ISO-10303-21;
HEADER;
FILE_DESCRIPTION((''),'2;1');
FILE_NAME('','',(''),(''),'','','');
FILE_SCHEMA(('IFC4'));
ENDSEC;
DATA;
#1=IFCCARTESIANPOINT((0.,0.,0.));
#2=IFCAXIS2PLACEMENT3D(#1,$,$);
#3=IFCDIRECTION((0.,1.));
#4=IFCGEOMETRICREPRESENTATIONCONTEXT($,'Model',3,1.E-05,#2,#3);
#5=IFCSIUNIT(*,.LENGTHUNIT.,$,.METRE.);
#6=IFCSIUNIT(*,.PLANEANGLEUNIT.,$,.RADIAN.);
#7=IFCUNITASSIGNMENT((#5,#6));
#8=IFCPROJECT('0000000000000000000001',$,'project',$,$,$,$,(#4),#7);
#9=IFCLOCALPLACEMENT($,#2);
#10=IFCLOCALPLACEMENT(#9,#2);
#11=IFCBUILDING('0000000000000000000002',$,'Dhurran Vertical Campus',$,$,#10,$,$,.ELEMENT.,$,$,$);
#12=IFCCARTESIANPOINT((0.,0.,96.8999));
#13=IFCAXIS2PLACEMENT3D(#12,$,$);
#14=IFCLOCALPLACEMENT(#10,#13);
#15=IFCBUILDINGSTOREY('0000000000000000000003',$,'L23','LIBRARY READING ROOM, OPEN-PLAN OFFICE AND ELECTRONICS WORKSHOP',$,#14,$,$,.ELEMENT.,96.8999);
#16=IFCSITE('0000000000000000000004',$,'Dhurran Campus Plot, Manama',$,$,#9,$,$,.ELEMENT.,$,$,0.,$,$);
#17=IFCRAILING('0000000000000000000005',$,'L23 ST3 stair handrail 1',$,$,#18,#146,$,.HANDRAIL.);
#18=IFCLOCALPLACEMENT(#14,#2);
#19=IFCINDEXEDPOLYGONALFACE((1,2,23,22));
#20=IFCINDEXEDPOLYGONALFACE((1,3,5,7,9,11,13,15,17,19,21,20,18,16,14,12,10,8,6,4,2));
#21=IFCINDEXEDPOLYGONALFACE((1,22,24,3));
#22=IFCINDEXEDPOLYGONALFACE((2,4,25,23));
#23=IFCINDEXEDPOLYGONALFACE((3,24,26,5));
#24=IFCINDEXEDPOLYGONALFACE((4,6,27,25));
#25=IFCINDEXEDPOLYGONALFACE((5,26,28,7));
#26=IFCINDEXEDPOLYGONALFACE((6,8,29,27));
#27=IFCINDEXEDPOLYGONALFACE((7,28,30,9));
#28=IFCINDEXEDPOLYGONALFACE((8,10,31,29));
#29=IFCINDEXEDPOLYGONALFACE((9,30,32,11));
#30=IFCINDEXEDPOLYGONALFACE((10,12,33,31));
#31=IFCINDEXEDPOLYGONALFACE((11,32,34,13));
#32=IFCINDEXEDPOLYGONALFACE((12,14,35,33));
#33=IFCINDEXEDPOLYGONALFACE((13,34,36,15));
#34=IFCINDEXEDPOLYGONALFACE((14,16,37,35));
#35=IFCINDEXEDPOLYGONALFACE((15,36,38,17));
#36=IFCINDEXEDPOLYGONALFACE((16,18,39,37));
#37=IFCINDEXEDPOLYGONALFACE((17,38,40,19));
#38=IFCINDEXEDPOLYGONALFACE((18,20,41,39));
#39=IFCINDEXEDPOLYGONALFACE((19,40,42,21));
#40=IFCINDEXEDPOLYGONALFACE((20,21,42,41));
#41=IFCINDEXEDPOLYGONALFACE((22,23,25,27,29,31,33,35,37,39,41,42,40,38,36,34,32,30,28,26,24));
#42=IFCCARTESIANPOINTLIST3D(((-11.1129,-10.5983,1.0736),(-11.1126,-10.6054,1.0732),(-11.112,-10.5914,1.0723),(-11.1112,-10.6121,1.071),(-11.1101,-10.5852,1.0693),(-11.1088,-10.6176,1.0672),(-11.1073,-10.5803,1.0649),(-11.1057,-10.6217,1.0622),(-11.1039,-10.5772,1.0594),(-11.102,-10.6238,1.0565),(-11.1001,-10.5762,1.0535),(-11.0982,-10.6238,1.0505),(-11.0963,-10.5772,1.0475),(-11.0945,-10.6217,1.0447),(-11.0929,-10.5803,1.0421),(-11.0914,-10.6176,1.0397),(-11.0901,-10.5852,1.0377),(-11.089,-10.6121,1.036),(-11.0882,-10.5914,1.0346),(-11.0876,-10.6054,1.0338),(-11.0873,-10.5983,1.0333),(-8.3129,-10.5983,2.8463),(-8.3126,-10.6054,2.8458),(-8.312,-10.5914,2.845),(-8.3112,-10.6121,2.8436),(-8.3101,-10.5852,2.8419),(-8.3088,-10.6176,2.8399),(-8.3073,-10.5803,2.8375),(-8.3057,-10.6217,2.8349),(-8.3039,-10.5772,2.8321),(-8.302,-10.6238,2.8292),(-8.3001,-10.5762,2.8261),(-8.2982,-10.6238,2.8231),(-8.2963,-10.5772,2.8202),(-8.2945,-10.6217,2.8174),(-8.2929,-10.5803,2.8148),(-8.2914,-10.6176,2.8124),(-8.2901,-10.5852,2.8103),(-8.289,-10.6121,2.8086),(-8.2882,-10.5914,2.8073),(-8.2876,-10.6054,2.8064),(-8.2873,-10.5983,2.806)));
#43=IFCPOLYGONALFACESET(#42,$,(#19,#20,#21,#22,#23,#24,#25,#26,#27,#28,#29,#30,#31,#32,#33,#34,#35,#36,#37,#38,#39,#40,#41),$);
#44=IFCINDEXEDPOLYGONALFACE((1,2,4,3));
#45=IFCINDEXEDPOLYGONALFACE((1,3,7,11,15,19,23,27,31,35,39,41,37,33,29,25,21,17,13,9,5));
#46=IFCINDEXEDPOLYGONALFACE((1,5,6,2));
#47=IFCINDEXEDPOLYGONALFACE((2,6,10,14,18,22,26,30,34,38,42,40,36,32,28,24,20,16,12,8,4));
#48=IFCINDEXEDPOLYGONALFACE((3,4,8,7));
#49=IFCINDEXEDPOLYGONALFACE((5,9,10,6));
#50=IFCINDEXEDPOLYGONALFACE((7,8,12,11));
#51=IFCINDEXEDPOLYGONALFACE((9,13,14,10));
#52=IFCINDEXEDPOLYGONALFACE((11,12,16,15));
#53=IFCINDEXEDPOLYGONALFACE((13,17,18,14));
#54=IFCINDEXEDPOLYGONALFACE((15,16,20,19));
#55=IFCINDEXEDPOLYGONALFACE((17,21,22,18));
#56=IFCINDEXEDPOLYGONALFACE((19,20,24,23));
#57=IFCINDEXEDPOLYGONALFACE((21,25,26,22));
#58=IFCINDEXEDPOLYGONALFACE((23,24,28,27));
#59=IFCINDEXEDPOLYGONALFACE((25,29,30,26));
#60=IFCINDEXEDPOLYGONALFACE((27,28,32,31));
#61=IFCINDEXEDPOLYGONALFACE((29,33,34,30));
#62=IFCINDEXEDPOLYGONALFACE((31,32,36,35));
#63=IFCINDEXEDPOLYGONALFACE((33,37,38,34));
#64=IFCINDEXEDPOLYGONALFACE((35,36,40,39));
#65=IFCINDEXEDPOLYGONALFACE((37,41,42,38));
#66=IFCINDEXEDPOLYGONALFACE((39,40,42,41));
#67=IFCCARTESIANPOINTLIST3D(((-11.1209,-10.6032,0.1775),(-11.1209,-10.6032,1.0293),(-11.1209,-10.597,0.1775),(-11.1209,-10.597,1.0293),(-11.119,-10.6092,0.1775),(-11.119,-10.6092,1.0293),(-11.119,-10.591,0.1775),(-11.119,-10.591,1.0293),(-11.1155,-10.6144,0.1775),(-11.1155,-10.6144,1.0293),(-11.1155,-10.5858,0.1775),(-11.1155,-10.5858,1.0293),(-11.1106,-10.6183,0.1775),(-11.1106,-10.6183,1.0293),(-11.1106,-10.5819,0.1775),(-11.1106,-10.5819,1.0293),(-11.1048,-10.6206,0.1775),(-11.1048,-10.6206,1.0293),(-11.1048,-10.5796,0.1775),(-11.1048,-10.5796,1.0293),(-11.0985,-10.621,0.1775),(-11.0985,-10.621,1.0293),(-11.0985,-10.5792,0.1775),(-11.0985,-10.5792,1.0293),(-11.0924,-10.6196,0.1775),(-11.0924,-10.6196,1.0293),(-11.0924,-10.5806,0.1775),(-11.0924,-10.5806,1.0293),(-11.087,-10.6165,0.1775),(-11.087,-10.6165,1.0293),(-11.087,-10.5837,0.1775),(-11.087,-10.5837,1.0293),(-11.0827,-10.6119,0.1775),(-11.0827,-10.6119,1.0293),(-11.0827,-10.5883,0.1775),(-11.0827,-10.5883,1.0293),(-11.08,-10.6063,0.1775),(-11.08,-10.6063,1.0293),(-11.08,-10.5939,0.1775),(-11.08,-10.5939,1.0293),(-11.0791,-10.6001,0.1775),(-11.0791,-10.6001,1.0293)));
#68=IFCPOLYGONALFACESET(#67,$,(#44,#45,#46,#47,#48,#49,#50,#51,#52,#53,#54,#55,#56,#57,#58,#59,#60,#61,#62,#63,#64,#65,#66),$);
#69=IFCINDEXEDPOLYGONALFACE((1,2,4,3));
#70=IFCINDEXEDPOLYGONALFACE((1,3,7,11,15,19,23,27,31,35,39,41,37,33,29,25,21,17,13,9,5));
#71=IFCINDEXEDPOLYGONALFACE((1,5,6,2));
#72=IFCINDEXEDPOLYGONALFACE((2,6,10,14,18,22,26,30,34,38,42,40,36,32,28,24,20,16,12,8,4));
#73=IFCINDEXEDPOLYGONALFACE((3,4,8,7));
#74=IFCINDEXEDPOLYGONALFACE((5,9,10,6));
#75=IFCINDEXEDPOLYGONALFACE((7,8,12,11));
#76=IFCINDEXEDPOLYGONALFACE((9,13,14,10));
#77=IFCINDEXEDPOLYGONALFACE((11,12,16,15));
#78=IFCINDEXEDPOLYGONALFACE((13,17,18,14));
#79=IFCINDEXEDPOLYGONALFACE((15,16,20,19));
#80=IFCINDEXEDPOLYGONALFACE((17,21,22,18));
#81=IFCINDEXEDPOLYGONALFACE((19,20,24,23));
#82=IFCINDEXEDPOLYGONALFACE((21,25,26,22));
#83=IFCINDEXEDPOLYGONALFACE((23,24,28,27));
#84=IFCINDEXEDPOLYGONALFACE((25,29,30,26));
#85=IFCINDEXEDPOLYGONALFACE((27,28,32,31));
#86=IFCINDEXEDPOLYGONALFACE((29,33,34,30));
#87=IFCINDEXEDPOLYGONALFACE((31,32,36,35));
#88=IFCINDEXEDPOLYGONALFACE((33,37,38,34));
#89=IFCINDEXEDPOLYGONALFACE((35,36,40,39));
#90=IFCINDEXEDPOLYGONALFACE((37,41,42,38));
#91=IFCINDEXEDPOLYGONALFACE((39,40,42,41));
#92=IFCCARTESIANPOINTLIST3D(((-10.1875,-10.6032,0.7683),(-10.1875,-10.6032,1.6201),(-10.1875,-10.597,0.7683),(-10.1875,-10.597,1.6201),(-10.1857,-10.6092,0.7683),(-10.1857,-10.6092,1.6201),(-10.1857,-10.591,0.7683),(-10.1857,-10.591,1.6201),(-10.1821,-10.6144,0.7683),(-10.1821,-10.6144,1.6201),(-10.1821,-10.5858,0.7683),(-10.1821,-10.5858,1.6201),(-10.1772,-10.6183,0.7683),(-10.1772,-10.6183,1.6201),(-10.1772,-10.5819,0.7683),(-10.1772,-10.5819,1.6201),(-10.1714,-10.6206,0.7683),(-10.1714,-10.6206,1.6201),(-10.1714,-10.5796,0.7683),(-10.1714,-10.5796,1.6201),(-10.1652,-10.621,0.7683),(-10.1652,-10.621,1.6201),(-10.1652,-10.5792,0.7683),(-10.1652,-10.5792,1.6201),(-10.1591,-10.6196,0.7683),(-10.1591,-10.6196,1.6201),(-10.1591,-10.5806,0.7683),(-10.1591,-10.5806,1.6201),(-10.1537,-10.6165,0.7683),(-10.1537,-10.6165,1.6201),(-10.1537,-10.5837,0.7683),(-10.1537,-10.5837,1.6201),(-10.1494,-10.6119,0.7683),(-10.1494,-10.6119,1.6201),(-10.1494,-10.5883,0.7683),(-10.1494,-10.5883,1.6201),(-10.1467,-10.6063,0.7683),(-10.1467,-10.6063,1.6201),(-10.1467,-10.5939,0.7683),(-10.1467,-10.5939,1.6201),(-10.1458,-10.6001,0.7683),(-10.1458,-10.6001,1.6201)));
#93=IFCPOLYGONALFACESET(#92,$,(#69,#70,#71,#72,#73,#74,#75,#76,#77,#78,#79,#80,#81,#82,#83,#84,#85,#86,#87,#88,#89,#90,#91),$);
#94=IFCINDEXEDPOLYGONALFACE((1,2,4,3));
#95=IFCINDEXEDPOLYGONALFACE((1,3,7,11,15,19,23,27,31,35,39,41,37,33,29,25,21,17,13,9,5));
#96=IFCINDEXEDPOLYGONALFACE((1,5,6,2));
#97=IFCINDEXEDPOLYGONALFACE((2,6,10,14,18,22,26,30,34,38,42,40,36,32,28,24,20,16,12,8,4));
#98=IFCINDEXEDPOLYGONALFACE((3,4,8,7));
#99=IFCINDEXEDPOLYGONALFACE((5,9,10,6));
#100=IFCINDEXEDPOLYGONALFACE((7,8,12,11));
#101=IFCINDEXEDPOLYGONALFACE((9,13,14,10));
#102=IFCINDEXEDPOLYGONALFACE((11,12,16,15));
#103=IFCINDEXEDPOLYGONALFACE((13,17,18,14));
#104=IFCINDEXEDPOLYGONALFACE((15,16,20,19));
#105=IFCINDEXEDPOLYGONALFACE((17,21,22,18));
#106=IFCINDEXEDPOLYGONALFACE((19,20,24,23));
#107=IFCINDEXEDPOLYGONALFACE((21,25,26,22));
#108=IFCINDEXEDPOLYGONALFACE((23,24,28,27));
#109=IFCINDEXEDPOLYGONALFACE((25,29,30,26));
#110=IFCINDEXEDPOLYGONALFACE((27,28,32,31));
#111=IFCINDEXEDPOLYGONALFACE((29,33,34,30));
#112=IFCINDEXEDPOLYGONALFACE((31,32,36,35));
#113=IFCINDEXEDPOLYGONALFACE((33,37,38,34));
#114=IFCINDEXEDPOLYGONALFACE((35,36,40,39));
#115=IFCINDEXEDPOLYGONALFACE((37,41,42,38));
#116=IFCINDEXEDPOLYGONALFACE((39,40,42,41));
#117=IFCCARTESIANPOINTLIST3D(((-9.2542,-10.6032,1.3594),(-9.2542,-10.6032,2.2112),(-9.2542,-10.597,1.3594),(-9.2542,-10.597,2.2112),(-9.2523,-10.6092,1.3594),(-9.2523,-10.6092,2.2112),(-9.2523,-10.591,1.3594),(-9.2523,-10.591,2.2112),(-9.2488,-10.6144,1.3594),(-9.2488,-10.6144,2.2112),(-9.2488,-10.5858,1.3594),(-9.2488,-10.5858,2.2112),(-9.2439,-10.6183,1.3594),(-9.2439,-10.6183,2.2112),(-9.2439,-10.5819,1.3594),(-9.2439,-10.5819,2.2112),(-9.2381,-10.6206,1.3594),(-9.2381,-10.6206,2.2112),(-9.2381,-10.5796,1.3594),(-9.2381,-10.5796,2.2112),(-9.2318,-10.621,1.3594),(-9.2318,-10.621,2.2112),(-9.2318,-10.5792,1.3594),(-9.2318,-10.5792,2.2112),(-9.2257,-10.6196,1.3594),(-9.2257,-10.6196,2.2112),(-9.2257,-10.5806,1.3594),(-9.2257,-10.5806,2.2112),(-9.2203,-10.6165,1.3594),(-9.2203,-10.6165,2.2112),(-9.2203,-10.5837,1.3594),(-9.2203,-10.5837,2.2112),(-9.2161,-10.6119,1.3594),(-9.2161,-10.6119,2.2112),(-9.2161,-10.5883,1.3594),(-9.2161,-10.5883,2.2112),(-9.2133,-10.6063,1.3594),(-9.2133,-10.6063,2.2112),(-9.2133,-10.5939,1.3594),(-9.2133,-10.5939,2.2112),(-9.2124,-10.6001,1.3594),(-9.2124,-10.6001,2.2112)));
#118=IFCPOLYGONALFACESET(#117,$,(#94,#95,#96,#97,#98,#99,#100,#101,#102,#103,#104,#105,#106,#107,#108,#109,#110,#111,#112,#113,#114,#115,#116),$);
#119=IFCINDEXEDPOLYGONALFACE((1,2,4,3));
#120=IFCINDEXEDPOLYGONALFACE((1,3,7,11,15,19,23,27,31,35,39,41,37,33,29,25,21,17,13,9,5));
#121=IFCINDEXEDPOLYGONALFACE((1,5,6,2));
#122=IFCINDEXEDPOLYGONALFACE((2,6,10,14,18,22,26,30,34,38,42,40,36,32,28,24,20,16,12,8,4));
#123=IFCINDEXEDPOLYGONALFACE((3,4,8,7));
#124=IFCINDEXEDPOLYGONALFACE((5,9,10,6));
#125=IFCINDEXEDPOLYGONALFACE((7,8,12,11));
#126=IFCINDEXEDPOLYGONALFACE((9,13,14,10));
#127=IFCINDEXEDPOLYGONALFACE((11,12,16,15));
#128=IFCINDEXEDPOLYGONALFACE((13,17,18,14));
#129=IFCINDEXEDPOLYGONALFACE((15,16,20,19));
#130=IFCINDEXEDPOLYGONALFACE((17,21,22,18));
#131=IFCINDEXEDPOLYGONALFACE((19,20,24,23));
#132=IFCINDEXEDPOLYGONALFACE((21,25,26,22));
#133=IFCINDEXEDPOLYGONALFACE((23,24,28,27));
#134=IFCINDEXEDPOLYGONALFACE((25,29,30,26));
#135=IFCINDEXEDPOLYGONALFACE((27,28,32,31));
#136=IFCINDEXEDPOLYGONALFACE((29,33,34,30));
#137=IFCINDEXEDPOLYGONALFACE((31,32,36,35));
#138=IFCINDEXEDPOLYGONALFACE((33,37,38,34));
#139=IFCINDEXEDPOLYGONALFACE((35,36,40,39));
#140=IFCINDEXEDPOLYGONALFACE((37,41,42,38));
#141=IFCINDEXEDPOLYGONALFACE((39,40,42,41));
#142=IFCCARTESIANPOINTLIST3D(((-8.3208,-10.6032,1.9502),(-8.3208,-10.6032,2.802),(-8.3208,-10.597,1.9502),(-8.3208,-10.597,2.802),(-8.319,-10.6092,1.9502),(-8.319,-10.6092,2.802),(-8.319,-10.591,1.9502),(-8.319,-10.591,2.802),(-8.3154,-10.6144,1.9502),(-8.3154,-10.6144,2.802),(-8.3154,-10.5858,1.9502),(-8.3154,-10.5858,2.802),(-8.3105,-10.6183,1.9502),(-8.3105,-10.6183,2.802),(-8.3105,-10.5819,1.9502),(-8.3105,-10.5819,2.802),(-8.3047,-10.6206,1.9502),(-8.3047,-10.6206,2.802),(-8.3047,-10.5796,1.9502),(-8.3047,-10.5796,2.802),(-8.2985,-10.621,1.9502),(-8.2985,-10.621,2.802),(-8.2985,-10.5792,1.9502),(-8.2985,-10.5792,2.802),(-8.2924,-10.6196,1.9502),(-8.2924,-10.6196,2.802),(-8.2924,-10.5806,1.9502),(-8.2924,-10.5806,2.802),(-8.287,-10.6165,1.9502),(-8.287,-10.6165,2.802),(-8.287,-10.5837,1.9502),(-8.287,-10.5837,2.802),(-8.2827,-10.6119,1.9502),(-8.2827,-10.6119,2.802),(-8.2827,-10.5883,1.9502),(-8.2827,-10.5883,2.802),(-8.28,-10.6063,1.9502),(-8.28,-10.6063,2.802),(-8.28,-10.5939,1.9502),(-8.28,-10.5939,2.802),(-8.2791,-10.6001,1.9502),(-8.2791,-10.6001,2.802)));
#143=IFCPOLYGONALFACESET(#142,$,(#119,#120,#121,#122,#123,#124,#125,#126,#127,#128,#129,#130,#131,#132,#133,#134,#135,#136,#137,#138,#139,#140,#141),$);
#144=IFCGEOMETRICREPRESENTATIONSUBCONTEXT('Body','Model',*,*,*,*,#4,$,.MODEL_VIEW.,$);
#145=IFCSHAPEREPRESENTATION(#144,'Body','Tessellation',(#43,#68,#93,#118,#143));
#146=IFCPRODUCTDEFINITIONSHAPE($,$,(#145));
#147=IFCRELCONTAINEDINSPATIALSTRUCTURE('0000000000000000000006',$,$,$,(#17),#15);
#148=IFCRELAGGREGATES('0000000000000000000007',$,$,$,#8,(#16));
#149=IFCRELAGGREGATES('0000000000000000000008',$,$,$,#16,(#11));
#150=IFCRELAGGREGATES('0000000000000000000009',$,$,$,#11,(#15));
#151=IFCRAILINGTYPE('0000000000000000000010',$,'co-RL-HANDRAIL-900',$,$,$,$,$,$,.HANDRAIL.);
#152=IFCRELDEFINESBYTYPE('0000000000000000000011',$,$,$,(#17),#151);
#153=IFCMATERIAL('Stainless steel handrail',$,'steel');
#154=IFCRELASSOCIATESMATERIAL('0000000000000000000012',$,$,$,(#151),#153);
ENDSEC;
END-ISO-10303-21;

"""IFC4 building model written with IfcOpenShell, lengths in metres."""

from ifc_helpers import new_model, si_unit, direction, frame, origin, origin_2d, place, context, subcontext, project, spatial, circle, extrude, material, type_object, element, save


model = new_model("IFC4")

# Units and contexts
model_context = context("Model", 3, precision=1e-05, world=origin(), true_north=direction((0.0, 1.0)))
body_context = subcontext(model_context, "Body", "Model", "MODEL_VIEW")
ifc_project = project(units=[si_unit("LENGTHUNIT", "METRE"), si_unit("PLANEANGLEUNIT", "RADIAN")], contexts=[model_context])

# Site, building, storey
site_placement = place(None, origin())
site = spatial("IfcSite", under=ifc_project, at=site_placement, Name="Dhurran Campus Plot, Manama", CompositionType="ELEMENT", RefElevation=0.0)
building_placement = place(site_placement, origin())
building = spatial("IfcBuilding", under=site, at=building_placement, Name="Dhurran Vertical Campus", CompositionType="ELEMENT")
storey_placement = place(building_placement, frame((0.0, 0.0, 96.8999)))
storey = spatial("IfcBuildingStorey", under=building, at=storey_placement, Name="L23", Description="LIBRARY READING ROOM, OPEN-PLAN OFFICE AND ELECTRONICS WORKSHOP", CompositionType="ELEMENT", Elevation=96.8999)

# Railing
ifc_material_1 = material(Name="Stainless steel handrail", Category="steel")
railing_type_1 = type_object("IfcRailingType", Name="co-RL-HANDRAIL-900", PredefinedType="HANDRAIL", material=ifc_material_1)
railing_1_placement = place(storey_placement, frame((-11.1001, -10.6001, 0.1775)))
element("IfcRailing", 1, at=railing_1_placement, inside=storey, type_object=railing_type_1, Name="L23 ST3 stair handrail 1", PredefinedType="HANDRAIL", context=body_context, shape_type="SweptSolid", body=[
    extrude(circle(Radius=0.0239, at=origin_2d()), frame((0.0, 0.0, 0.876), z_axis=(0.844909, 0.0, 0.53491), x_axis=(0.0, 1.0, 0.0)), (0.0, 0.0, 1.0), 3.314),
    extrude(circle(Radius=0.021, at=origin_2d()), origin(), (0.0, 0.0, 1.0), 0.8518),
    extrude(circle(Radius=0.021, at=origin_2d()), frame((0.9333, 0.0, 0.5908)), (0.0, 0.0, 1.0), 0.8518),
    extrude(circle(Radius=0.021, at=origin_2d()), frame((1.8667, 0.0, 1.1819)), (0.0, 0.0, 1.0), 0.8518),
    extrude(circle(Radius=0.021, at=origin_2d()), frame((2.8, 0.0, 1.7727)), (0.0, 0.0, 1.0), 0.8518),
])

save(model, "model.ifc")
